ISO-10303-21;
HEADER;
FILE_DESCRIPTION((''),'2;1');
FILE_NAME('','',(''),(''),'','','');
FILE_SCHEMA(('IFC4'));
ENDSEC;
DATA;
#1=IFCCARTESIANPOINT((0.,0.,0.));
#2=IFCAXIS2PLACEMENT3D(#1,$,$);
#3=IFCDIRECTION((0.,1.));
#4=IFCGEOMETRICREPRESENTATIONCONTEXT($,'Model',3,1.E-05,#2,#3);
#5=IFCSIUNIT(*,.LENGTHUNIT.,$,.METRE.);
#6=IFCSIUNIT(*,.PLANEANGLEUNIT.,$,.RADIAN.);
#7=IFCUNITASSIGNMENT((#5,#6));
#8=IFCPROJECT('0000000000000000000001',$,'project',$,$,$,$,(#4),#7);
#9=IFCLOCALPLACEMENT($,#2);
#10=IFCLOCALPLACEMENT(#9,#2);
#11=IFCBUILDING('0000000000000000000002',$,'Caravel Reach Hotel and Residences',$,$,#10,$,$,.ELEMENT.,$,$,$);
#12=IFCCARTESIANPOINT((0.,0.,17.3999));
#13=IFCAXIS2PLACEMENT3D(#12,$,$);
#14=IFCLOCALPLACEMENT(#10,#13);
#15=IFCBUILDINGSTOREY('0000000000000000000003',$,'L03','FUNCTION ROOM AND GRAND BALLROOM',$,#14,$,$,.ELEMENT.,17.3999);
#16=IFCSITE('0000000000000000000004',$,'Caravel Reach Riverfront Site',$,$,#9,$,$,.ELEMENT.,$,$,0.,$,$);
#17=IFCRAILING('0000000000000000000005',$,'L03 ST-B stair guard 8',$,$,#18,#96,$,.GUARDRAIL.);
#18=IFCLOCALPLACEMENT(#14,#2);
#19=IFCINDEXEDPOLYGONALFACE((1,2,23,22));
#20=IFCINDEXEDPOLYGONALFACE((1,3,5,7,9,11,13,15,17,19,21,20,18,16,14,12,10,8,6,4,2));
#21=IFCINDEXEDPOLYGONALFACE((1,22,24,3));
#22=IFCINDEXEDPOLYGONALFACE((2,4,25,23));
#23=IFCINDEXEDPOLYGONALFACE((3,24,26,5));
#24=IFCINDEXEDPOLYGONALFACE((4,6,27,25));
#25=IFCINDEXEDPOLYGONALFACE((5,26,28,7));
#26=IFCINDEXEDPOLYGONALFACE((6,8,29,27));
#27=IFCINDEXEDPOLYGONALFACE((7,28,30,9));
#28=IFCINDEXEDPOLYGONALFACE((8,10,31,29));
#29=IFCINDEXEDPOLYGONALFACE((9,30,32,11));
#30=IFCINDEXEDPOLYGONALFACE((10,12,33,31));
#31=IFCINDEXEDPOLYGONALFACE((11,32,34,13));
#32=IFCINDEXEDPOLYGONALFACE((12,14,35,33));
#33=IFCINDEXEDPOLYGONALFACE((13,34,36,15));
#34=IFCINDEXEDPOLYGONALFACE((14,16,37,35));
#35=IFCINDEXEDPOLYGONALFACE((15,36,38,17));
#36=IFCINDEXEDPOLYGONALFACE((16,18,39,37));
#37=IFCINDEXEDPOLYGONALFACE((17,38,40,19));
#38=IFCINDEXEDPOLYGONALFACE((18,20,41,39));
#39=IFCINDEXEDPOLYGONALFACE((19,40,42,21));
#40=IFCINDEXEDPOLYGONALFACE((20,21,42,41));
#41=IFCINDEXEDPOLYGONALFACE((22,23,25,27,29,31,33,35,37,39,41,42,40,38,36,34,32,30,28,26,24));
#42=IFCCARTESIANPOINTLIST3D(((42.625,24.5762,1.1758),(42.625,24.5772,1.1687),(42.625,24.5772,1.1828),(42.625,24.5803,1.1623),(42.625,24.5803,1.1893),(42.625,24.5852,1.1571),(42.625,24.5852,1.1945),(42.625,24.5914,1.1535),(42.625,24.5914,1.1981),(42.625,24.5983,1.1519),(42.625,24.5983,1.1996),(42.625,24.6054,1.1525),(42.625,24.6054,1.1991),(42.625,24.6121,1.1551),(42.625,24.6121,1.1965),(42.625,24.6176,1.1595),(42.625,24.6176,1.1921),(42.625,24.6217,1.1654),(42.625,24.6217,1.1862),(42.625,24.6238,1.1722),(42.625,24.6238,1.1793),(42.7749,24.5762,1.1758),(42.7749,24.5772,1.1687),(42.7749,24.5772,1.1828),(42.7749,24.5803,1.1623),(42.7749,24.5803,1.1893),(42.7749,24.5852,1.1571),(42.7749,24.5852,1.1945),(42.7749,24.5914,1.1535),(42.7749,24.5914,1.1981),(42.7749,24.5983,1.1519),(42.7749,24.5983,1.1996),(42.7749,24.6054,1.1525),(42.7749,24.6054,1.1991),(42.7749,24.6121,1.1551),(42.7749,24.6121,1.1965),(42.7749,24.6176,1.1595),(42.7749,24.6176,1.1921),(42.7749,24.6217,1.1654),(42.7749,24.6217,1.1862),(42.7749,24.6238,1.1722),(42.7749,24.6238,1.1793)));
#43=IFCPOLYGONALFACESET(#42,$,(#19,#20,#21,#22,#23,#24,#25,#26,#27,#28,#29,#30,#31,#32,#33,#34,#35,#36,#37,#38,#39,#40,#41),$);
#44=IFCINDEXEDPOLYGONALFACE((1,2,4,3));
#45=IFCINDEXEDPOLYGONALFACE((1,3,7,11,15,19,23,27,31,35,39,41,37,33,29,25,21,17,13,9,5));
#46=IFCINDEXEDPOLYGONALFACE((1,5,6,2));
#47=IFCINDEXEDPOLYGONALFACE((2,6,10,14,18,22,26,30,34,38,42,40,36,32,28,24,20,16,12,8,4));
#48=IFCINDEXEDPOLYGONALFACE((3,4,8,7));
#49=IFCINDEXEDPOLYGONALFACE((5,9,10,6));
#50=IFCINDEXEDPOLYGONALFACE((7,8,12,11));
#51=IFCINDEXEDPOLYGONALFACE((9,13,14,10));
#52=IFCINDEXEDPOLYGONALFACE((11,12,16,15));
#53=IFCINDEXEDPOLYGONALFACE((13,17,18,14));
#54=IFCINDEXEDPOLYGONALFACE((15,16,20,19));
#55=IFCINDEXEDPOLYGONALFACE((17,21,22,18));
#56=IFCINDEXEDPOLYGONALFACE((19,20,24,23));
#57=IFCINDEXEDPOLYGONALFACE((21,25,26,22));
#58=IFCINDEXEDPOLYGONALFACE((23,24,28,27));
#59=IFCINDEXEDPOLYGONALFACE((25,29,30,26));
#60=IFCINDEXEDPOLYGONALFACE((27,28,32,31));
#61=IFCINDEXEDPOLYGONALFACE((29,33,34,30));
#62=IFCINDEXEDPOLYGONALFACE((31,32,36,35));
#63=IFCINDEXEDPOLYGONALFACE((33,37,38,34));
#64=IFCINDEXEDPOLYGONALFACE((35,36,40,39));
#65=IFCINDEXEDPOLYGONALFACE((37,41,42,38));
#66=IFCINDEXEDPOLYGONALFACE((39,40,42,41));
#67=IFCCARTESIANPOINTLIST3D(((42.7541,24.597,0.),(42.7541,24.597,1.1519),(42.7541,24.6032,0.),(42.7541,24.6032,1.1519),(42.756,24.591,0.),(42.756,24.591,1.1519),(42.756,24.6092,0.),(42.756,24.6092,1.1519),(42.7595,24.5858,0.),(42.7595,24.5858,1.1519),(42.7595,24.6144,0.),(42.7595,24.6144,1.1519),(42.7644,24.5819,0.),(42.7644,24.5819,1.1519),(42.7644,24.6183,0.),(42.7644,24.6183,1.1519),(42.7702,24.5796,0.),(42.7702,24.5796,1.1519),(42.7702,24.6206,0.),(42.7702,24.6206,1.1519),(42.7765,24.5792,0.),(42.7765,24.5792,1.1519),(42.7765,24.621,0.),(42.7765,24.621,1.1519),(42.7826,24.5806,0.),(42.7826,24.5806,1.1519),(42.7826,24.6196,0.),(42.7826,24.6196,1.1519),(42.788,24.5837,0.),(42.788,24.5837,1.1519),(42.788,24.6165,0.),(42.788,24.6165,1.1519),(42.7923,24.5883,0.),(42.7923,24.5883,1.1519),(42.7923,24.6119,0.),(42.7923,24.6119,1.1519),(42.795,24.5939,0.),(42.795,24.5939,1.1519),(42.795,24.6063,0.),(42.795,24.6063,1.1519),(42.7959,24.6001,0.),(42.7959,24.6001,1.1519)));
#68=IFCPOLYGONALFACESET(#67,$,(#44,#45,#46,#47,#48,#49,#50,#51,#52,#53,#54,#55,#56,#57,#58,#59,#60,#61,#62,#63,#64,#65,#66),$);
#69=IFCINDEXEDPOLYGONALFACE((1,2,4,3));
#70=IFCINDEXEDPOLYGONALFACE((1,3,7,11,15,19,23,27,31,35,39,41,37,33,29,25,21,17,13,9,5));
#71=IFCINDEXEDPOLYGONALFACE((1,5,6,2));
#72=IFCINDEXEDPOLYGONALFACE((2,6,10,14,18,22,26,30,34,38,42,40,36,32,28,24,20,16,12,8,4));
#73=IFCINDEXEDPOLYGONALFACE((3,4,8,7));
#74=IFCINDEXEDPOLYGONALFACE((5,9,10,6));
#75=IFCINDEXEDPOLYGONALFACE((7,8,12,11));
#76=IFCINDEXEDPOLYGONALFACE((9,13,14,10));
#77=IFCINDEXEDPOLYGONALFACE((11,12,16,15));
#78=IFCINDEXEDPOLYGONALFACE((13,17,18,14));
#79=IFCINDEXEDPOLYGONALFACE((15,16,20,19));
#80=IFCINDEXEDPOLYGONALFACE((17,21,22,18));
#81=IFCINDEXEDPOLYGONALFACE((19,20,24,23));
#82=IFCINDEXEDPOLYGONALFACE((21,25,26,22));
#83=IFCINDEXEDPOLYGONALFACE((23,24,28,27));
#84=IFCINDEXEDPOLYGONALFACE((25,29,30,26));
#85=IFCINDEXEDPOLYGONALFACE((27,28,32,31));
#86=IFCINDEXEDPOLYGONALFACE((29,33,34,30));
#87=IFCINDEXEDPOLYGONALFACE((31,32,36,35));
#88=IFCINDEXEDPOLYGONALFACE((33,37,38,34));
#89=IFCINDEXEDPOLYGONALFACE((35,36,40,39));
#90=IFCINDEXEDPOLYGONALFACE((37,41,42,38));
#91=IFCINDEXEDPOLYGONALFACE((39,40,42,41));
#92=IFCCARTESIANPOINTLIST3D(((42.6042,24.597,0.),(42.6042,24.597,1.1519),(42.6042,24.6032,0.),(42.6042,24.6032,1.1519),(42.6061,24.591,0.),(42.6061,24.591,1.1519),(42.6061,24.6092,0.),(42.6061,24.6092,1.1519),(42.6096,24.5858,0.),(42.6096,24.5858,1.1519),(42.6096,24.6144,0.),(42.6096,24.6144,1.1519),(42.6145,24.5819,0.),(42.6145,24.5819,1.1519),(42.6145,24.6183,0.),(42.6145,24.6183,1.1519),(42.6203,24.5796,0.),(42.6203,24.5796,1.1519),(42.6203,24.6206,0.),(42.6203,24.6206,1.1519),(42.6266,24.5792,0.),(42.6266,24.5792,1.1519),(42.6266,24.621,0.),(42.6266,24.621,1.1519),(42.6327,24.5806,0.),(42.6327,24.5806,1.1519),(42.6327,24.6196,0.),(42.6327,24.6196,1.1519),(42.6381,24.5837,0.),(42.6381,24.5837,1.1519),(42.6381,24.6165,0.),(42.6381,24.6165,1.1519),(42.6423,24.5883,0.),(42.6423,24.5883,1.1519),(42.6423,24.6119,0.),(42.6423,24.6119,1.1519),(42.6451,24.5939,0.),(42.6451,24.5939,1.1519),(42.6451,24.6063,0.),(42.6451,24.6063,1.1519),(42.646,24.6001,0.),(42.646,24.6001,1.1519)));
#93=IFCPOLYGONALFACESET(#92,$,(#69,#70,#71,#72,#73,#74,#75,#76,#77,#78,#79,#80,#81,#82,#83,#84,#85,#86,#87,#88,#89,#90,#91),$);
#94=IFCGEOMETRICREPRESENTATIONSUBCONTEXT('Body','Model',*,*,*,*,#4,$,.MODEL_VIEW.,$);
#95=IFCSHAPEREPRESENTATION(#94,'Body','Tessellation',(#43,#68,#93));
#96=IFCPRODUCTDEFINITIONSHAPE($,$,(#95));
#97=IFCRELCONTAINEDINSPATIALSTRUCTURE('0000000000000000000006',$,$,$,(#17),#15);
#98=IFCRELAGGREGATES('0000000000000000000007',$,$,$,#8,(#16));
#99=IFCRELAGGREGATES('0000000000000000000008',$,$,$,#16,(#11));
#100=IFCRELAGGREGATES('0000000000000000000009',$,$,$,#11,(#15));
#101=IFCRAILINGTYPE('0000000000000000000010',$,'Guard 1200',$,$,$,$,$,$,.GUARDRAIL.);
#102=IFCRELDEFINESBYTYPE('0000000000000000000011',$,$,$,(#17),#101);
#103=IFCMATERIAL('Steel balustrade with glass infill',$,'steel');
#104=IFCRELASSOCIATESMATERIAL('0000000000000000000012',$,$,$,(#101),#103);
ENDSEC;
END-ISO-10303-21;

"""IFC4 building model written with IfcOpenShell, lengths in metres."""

from ifc_helpers import new_model, si_unit, direction, frame, origin, origin_2d, place, context, subcontext, project, spatial, circle, extrude, material, type_object, element, save


model = new_model("IFC4")

# Units and contexts
model_context = context("Model", 3, precision=1e-05, world=origin(), true_north=direction((0.0, 1.0)))
body_context = subcontext(model_context, "Body", "Model", "MODEL_VIEW")
ifc_project = project(units=[si_unit("LENGTHUNIT", "METRE"), si_unit("PLANEANGLEUNIT", "RADIAN")], contexts=[model_context])

# Site, building, storey
site_placement = place(None, origin())
site = spatial("IfcSite", under=ifc_project, at=site_placement, Name="Caravel Reach Riverfront Site", CompositionType="ELEMENT", RefElevation=0.0)
building_placement = place(site_placement, origin())
building = spatial("IfcBuilding", under=site, at=building_placement, Name="Caravel Reach Hotel and Residences", CompositionType="ELEMENT")
storey_placement = place(building_placement, frame((0.0, 0.0, 17.3999)))
storey = spatial("IfcBuildingStorey", under=building, at=storey_placement, Name="L03", Description="FUNCTION ROOM AND GRAND BALLROOM", CompositionType="ELEMENT", Elevation=17.3999)

# Railing
ifc_material_1 = material(Name="Steel balustrade with glass infill", Category="steel")
railing_type_1 = type_object("IfcRailingType", Name="Guard 1200", PredefinedType="GUARDRAIL", material=ifc_material_1)
railing_1_placement = place(storey_placement, frame((42.7749, 24.6001, 0.0)))
element("IfcRailing", 1, at=railing_1_placement, inside=storey, type_object=railing_type_1, Name="L03 ST-B stair guard 8", PredefinedType="GUARDRAIL", context=body_context, shape_type="SweptSolid", body=[
    extrude(circle(Radius=0.0239, at=origin_2d()), frame((0.0, 0.0, 1.1758), z_axis=(-1.0, 0.0, 0.0), x_axis=(0.0, -1.0, 0.0)), (0.0, 0.0, 1.0), 0.1499),
    extrude(circle(Radius=0.021, at=origin_2d()), origin(), (0.0, 0.0, 1.0), 1.1519),
    extrude(circle(Radius=0.021, at=origin_2d()), frame((-0.1499, 0.0, 0.0)), (0.0, 0.0, 1.0), 1.1519),
])

save(model, "model.ifc")
